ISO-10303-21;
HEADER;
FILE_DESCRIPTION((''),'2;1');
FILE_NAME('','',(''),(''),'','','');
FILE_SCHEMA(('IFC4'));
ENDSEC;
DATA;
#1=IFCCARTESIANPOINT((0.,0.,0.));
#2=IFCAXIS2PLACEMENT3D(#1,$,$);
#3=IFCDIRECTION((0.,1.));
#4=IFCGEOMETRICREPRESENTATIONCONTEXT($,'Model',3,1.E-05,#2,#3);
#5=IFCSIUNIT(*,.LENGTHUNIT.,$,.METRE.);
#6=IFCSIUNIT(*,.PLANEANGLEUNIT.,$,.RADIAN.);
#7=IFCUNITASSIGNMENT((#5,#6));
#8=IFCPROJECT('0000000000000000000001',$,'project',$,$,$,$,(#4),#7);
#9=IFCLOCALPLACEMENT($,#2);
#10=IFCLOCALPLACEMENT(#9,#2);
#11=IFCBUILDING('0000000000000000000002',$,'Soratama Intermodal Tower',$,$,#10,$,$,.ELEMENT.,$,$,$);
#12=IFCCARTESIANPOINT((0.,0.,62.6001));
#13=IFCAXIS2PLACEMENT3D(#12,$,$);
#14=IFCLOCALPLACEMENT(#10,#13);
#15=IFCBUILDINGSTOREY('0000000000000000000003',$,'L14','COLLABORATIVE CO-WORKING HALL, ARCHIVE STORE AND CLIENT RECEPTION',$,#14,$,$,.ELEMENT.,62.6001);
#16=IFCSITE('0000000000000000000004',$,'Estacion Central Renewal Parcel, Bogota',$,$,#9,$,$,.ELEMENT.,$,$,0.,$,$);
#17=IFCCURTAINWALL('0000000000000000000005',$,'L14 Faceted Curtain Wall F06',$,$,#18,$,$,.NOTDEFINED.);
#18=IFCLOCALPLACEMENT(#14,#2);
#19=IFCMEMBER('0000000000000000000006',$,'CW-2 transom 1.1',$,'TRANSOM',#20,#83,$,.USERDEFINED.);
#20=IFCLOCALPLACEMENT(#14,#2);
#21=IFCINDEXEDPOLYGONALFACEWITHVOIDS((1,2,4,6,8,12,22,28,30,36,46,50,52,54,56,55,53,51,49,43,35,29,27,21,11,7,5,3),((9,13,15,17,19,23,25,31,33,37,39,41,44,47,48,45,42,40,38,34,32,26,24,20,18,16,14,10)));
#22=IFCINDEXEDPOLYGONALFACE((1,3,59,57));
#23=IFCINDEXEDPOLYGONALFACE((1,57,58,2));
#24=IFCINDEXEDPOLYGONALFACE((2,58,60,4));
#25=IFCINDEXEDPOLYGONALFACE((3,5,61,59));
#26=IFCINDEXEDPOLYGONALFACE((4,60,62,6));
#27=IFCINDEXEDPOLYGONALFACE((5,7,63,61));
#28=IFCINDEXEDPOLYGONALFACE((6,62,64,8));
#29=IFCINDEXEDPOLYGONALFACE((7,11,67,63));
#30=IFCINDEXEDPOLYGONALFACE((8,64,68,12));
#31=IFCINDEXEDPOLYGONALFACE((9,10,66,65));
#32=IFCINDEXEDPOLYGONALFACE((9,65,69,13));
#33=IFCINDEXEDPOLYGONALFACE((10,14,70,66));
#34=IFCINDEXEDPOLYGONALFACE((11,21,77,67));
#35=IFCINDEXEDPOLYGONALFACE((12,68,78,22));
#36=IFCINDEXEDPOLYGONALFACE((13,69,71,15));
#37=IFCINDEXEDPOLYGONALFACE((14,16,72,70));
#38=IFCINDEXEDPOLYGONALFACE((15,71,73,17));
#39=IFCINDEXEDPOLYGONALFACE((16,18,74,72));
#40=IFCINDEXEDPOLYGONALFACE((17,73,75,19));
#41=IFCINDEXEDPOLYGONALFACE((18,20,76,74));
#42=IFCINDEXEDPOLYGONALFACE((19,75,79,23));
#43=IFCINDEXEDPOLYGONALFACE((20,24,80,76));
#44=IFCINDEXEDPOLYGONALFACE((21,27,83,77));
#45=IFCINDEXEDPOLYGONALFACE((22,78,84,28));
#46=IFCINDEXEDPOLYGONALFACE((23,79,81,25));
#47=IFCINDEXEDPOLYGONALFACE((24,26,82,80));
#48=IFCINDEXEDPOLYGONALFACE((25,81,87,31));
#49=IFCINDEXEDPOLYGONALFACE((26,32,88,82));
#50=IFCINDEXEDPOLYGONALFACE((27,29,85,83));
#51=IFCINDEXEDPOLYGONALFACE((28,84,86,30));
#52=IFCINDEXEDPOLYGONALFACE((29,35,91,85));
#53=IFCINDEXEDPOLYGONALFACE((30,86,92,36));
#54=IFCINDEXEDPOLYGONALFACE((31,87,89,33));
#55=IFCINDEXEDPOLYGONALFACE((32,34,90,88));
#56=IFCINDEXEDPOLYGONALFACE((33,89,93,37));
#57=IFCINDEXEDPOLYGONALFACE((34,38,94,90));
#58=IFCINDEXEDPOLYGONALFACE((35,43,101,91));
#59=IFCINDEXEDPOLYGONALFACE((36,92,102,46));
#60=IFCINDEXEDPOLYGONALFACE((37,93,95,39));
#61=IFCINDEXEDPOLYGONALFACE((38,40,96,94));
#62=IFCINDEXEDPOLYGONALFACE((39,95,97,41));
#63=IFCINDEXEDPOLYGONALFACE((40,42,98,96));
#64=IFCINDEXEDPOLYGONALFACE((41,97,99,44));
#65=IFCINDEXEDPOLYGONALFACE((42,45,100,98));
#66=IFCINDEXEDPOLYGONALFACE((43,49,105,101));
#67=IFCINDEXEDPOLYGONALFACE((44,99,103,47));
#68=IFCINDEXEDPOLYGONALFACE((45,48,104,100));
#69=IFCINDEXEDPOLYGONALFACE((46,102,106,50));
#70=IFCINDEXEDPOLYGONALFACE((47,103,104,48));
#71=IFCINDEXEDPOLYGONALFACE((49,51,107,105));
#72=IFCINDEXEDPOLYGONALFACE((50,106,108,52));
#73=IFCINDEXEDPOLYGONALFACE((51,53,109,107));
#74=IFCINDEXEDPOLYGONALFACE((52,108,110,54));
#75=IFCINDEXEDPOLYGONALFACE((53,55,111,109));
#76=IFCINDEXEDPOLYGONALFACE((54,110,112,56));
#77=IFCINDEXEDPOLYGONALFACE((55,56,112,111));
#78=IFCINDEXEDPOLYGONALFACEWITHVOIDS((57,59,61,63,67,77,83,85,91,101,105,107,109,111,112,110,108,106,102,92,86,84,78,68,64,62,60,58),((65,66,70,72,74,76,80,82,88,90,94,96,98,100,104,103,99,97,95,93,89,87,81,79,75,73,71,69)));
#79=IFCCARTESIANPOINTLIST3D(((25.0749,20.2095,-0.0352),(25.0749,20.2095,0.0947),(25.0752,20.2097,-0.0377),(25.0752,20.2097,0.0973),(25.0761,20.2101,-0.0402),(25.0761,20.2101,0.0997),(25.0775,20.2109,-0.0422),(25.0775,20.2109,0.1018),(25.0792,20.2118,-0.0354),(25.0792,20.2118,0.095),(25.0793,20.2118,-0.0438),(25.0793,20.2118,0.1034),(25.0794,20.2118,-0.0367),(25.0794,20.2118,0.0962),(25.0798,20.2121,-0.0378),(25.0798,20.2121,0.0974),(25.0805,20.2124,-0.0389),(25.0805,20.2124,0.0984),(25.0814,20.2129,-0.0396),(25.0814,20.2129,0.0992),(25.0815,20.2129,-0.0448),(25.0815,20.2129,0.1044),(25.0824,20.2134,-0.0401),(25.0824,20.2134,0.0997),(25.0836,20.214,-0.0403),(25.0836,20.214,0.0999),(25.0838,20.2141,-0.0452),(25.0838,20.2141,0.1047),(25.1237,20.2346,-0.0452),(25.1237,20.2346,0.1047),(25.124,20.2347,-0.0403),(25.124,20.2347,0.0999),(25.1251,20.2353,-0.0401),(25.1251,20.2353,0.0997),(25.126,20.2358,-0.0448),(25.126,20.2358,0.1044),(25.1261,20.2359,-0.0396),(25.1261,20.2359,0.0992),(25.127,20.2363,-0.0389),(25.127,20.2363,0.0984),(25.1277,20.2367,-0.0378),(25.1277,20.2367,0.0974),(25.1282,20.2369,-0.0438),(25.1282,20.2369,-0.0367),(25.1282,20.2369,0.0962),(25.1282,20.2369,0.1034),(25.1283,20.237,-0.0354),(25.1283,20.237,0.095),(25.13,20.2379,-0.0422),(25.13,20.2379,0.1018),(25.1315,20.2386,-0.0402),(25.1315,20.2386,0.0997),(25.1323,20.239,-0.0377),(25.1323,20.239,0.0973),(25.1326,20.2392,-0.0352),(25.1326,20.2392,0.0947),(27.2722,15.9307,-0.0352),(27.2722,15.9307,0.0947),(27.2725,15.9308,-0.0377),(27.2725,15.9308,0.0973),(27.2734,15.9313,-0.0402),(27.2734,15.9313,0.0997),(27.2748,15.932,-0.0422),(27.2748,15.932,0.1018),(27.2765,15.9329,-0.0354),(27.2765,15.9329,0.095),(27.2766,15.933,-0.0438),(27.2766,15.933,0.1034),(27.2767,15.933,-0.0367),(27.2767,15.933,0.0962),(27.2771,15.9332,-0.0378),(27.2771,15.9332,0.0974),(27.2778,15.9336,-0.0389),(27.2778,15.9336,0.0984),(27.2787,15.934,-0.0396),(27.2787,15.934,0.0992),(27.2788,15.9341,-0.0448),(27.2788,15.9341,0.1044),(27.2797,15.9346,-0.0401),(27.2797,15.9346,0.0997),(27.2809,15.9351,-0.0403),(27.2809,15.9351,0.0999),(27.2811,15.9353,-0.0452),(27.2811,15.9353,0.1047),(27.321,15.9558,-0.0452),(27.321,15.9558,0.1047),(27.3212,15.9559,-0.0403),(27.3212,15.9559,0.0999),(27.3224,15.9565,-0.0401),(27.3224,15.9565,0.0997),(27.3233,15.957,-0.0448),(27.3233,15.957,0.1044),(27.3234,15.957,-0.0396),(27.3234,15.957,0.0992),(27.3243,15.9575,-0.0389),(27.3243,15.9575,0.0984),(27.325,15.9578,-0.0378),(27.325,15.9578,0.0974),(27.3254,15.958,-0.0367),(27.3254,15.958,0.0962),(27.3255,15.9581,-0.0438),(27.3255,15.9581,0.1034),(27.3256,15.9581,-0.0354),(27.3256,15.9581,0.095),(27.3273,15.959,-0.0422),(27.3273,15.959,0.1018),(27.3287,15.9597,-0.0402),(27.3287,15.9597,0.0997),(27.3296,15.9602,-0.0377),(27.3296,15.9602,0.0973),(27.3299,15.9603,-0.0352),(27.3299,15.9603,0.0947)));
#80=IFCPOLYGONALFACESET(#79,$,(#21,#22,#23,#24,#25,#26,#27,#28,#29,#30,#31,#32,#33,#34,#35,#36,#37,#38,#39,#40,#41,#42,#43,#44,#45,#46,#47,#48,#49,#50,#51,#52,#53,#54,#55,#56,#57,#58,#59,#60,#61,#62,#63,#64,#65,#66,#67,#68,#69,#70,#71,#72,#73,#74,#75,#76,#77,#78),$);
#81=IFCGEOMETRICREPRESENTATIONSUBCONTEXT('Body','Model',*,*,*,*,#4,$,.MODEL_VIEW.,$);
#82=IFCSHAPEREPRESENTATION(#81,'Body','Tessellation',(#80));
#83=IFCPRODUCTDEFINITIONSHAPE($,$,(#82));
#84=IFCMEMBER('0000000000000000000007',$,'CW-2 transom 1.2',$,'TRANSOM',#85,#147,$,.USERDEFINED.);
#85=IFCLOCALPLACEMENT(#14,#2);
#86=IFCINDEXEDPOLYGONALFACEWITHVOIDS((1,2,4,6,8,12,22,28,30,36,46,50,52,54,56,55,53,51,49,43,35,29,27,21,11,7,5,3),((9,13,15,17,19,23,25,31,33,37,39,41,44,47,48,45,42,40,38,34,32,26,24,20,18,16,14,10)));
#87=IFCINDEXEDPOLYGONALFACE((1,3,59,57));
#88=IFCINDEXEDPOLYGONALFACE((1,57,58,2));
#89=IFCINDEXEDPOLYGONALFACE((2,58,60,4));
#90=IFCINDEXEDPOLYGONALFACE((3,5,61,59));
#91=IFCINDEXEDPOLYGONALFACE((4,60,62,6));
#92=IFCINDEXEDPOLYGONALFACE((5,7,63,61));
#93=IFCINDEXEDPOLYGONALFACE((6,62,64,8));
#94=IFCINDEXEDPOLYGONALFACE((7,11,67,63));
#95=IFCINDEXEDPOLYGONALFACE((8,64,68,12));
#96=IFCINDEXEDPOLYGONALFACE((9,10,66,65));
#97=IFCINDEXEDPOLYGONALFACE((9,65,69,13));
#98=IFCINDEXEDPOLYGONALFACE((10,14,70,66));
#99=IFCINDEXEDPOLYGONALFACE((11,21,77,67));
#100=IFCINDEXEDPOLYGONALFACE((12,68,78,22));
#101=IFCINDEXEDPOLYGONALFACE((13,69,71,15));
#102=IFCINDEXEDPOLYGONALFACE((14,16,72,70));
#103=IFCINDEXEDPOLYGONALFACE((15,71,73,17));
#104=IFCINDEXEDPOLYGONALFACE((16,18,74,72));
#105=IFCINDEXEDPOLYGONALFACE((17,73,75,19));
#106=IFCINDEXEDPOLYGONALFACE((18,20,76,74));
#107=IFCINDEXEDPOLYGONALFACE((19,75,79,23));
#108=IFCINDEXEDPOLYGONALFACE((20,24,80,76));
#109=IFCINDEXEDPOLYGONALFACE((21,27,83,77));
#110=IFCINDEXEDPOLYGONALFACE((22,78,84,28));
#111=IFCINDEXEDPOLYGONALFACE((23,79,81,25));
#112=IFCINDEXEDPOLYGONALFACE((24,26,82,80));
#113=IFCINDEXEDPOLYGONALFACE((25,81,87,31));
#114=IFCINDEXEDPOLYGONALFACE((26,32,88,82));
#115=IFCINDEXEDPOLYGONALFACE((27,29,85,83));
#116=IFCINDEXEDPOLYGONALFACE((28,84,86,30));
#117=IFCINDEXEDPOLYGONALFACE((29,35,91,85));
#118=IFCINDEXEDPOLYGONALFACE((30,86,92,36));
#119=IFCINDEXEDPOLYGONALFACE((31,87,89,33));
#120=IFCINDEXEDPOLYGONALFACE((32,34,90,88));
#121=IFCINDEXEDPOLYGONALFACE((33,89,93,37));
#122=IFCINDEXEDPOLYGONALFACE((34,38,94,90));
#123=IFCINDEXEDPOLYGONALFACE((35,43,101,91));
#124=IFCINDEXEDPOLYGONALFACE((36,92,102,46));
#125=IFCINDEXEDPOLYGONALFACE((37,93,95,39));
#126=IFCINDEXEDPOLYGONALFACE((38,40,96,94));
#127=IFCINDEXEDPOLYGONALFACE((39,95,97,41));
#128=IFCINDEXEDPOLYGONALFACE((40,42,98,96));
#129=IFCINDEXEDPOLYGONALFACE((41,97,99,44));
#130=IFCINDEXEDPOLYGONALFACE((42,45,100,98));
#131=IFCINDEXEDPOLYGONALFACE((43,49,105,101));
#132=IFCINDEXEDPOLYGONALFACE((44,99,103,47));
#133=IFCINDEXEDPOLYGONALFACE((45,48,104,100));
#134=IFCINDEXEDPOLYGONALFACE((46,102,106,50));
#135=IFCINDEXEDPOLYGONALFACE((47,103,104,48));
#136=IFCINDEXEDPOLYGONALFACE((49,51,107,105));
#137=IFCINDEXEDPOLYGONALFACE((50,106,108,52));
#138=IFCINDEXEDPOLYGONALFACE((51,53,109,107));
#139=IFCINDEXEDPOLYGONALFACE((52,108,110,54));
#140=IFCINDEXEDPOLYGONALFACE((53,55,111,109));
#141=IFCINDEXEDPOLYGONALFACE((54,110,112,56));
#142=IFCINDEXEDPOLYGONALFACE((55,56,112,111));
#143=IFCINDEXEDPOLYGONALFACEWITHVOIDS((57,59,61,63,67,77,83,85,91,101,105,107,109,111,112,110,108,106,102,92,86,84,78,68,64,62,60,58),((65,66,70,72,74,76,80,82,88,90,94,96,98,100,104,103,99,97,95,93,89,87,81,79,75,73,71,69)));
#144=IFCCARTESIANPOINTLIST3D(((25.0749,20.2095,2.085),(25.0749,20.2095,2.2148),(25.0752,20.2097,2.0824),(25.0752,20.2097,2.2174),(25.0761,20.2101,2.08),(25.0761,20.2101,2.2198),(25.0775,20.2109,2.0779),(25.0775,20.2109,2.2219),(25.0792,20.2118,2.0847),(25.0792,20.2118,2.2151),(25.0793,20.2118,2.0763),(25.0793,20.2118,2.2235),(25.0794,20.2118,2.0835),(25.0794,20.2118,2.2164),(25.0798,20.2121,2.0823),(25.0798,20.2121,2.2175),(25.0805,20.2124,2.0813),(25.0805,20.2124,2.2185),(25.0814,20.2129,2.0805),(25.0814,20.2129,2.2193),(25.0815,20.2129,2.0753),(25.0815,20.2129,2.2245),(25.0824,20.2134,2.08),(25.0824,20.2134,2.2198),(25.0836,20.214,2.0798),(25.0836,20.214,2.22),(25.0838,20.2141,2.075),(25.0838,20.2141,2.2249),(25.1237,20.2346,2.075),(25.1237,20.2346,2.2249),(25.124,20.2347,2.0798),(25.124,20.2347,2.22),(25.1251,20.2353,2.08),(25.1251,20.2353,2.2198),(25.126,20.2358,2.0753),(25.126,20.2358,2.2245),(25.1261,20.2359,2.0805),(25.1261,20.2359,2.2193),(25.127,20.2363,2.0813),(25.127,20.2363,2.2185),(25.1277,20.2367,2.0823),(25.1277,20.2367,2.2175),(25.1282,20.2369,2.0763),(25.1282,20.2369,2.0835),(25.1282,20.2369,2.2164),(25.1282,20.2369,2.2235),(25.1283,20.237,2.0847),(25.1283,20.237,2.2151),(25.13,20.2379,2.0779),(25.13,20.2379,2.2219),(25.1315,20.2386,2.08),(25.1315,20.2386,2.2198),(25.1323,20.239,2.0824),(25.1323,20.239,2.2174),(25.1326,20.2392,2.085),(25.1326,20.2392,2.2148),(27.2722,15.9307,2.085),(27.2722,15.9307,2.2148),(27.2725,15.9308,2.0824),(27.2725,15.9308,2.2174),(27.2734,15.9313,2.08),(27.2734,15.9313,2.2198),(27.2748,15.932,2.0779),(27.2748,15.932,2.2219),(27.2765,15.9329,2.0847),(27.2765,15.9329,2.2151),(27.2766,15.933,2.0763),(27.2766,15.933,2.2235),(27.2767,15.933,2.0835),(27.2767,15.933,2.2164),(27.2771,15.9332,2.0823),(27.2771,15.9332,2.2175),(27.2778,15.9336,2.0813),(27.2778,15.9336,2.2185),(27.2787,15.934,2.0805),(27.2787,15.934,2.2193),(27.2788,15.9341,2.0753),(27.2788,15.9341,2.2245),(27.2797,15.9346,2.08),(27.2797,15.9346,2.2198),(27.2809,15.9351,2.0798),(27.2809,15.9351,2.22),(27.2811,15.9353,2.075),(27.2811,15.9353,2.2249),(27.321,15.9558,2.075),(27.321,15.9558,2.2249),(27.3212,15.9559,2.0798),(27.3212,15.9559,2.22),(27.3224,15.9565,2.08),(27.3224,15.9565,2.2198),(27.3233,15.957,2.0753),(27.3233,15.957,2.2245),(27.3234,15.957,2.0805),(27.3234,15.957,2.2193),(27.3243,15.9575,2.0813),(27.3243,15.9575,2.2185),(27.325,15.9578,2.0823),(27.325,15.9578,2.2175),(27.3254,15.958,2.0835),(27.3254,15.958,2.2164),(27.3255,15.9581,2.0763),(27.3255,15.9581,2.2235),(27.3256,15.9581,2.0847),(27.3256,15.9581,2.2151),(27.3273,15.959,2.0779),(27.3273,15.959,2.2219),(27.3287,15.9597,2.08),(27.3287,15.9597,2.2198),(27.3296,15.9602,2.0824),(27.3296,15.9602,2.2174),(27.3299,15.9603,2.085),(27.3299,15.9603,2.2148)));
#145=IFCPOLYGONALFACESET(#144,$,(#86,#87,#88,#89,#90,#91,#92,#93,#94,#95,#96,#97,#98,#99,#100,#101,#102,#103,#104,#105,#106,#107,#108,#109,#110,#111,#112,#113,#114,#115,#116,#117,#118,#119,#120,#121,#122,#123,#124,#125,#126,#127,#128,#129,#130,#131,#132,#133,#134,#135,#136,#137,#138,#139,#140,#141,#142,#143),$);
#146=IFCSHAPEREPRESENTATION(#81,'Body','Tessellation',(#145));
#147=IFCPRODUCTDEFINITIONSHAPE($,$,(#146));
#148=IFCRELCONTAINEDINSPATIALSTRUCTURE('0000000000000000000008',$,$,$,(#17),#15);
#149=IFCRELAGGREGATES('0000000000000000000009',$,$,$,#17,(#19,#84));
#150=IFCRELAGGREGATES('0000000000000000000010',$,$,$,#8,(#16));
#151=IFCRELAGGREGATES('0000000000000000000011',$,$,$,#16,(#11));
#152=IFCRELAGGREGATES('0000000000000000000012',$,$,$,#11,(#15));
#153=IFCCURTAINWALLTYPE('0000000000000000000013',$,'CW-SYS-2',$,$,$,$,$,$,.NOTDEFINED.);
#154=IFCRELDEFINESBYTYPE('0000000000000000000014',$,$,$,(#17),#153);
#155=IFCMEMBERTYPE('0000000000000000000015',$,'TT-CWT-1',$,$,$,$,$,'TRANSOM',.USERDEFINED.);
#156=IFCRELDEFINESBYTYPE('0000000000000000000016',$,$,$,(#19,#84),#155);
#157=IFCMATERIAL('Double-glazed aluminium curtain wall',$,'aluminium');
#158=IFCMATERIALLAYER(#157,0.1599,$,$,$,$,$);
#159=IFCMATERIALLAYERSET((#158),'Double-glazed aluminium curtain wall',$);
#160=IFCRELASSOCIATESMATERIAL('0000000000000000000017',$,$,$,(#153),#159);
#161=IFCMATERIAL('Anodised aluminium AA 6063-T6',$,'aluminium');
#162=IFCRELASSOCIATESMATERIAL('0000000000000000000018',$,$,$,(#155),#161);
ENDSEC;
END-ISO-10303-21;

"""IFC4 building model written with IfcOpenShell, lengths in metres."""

from ifc_helpers import new_model, si_unit, direction, frame, origin, origin_2d, place, context, subcontext, project, spatial, hollow_rectangle, extrude, material, layer, layer_set, material_profile, profile_set, type_object, element, aggregate, save


model = new_model("IFC4")

# Units and contexts
model_context = context("Model", 3, precision=1e-05, world=origin(), true_north=direction((0.0, 1.0)))
body_context = subcontext(model_context, "Body", "Model", "MODEL_VIEW")
ifc_project = project(units=[si_unit("LENGTHUNIT", "METRE"), si_unit("PLANEANGLEUNIT", "RADIAN")], contexts=[model_context])

# Site, building, storey
site_placement = place(None, origin())
site = spatial("IfcSite", under=ifc_project, at=site_placement, Name="Estacion Central Renewal Parcel, Bogota", CompositionType="ELEMENT", RefElevation=0.0)
building_placement = place(site_placement, origin())
building = spatial("IfcBuilding", under=site, at=building_placement, Name="Soratama Intermodal Tower", CompositionType="ELEMENT")
storey_placement = place(building_placement, frame((0.0, 0.0, 62.6001)))
storey = spatial("IfcBuildingStorey", under=building, at=storey_placement, Name="L14", Description="COLLABORATIVE CO-WORKING HALL, ARCHIVE STORE AND CLIENT RECEPTION", CompositionType="ELEMENT", Elevation=62.6001)

# Curtain wall, members
ifc_material_1 = material(Name="Double-glazed aluminium curtain wall", Category="aluminium")
ifc_layer_1 = layer(ifc_material_1, 0.1599)
ifc_layer_set_1 = layer_set([ifc_layer_1], Name="Double-glazed aluminium curtain wall")
curtain_wall_type = type_object("IfcCurtainWallType", Name="CW-SYS-2", PredefinedType="NOTDEFINED", material=ifc_layer_set_1)
curtain_wall_placement = place(storey_placement, origin())
curtain_wall = element("IfcCurtainWall", 1, at=curtain_wall_placement, inside=storey, type_object=curtain_wall_type, Name="L14 Faceted Curtain Wall F06", PredefinedType="NOTDEFINED")
ifc_material_2 = material(Name="Anodised aluminium AA 6063-T6", Category="aluminium")
ifc_material_profile_1 = material_profile(ifc_material_2, hollow_rectangle(XDim=0.0649, YDim=0.1499, WallThickness=0.0049, InnerFilletRadius=0.0049, OuterFilletRadius=0.01, at=origin_2d()), Name="CWT150X65X5")
ifc_profile_set_1 = profile_set([ifc_material_profile_1], Name="Anodised aluminium AA 6063-T6")
member_type_1 = type_object("IfcMemberType", Name="TT-CWT-1", ElementType="TRANSOM", PredefinedType="USERDEFINED", material=ifc_profile_set_1)
member_1_placement = place(storey_placement, frame((25.1038, 20.2244, 0.0298), z_axis=(0.456811, -0.889564, 0.0), x_axis=(0.889564, 0.456811, 0.0)))
member_1 = element("IfcMember", 2, at=member_1_placement, type_object=member_type_1, Name="CW-2 transom 1.1", ObjectType="TRANSOM", PredefinedType="USERDEFINED", context=body_context, shape_type="SweptSolid", body=[
    extrude(hollow_rectangle(XDim=0.0649, YDim=0.1499, WallThickness=0.0049, InnerFilletRadius=0.0049, OuterFilletRadius=0.01, at=origin_2d()), origin(), (0.0, 0.0, 1.0), 4.8101),
])
member_2_placement = place(storey_placement, frame((25.1038, 20.2244, 2.1499), z_axis=(0.456811, -0.889564, 0.0), x_axis=(0.889564, 0.456811, 0.0)))
member_2 = element("IfcMember", 3, at=member_2_placement, type_object=member_type_1, Name="CW-2 transom 1.2", ObjectType="TRANSOM", PredefinedType="USERDEFINED", context=body_context, shape_type="SweptSolid", body=[
    extrude(hollow_rectangle(XDim=0.0649, YDim=0.1499, WallThickness=0.0049, InnerFilletRadius=0.0049, OuterFilletRadius=0.01, at=origin_2d()), origin(), (0.0, 0.0, 1.0), 4.8101),
])
aggregate(curtain_wall, [member_1, member_2])

save(model, "model.ifc")
